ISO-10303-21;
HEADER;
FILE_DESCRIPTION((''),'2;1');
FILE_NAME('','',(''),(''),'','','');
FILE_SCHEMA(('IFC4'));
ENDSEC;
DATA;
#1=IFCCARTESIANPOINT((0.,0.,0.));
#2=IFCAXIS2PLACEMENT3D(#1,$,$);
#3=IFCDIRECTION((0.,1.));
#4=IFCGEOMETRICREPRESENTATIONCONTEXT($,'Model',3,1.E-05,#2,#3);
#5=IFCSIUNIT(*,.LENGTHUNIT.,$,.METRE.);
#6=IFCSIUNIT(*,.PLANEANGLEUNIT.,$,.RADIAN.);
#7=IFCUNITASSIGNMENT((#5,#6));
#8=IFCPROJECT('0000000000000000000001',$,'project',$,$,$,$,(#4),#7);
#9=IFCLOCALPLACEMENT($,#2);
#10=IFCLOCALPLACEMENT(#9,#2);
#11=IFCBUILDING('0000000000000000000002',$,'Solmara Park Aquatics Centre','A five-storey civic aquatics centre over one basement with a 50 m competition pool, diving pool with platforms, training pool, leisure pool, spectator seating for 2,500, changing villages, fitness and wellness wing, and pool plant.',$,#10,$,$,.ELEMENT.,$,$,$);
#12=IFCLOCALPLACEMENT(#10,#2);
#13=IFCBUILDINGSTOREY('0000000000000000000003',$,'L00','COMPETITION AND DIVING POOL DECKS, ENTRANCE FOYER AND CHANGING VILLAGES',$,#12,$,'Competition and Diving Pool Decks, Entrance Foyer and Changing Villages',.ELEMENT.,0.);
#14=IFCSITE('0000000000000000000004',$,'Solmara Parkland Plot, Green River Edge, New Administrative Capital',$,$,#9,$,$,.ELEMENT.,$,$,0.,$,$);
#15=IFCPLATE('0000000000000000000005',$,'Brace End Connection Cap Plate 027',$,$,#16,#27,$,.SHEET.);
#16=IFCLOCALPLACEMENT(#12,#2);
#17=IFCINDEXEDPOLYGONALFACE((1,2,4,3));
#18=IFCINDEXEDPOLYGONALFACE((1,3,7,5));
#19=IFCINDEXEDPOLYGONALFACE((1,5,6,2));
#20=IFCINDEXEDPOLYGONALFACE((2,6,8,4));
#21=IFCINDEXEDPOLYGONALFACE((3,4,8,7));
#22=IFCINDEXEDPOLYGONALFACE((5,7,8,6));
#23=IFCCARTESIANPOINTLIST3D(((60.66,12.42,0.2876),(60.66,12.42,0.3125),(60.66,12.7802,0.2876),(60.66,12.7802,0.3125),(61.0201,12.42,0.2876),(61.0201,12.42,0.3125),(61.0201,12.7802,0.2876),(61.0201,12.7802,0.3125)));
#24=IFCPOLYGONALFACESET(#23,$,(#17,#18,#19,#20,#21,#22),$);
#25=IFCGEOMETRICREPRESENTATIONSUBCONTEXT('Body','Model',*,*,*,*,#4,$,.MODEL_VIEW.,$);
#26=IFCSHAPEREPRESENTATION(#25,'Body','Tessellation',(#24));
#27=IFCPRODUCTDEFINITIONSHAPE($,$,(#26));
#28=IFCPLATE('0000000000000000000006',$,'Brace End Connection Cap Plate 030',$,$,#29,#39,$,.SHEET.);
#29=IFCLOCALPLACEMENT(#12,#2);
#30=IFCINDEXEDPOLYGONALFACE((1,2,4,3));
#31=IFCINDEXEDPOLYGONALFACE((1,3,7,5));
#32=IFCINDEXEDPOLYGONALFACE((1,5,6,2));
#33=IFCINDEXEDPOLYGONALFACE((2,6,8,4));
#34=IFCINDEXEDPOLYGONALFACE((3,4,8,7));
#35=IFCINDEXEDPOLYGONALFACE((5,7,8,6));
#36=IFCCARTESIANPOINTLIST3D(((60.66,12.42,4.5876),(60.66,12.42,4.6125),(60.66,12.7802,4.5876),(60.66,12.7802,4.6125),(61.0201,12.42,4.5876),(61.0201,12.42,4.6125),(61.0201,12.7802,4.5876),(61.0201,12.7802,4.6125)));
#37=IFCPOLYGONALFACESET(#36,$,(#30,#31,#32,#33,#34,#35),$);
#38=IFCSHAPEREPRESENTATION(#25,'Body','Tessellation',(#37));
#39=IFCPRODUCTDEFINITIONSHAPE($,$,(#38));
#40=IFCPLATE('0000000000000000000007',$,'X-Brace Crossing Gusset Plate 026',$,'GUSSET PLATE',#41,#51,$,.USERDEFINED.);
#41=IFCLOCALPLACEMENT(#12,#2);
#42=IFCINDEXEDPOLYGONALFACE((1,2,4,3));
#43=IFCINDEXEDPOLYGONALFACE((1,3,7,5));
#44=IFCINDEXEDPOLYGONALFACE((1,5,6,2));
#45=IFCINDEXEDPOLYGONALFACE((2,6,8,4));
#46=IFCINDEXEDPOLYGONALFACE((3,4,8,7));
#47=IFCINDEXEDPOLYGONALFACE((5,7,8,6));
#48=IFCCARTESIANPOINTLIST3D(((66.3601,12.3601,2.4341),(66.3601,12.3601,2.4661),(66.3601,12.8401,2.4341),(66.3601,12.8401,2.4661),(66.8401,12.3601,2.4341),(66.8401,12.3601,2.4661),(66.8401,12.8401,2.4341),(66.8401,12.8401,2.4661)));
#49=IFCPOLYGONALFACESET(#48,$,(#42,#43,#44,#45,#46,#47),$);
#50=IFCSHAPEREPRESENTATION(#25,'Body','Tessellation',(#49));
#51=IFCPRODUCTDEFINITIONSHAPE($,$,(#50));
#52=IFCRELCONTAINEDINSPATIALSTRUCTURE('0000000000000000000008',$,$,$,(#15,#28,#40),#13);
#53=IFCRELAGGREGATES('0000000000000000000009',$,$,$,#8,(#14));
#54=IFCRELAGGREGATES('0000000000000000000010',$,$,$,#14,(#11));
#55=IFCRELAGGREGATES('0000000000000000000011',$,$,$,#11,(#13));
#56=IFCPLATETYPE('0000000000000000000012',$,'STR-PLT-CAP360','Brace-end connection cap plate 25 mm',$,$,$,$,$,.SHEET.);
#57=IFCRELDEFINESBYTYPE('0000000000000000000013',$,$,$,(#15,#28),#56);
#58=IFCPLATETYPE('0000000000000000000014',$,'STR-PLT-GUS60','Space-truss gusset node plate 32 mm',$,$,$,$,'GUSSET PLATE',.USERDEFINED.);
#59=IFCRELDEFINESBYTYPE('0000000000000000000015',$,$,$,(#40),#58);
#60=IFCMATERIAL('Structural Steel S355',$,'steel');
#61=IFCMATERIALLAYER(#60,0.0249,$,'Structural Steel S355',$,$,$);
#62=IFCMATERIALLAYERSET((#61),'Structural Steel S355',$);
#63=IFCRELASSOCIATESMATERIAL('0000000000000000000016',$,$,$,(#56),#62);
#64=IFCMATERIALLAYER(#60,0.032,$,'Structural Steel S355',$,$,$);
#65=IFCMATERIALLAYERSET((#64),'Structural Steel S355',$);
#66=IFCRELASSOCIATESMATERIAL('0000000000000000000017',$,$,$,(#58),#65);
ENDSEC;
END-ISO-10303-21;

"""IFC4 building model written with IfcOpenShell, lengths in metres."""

from ifc_helpers import new_model, si_unit, direction, frame, origin, origin_2d, place, context, subcontext, project, spatial, rectangle, extrude, material, layer, layer_set, type_object, element, save


model = new_model("IFC4")

# Units and contexts
model_context = context("Model", 3, precision=1e-05, world=origin(), true_north=direction((0.0, 1.0)))
body_context = subcontext(model_context, "Body", "Model", "MODEL_VIEW")
ifc_project = project(units=[si_unit("LENGTHUNIT", "METRE"), si_unit("PLANEANGLEUNIT", "RADIAN")], contexts=[model_context])

# Site, building, storey
site_placement = place(None, origin())
site = spatial("IfcSite", under=ifc_project, at=site_placement, Name="Solmara Parkland Plot, Green River Edge, New Administrative Capital", CompositionType="ELEMENT", RefElevation=0.0)
building_placement = place(site_placement, origin())
building = spatial("IfcBuilding", under=site, at=building_placement, Name="Solmara Park Aquatics Centre", Description="A five-storey civic aquatics centre over one basement with a 50 m competition pool, diving pool with platforms, training pool, leisure pool, spectator seating for 2,500, changing villages, fitness and wellness wing, and pool plant.", CompositionType="ELEMENT")
storey_placement = place(building_placement, origin())
storey = spatial("IfcBuildingStorey", under=building, at=storey_placement, Name="L00", Description="COMPETITION AND DIVING POOL DECKS, ENTRANCE FOYER AND CHANGING VILLAGES", LongName="Competition and Diving Pool Decks, Entrance Foyer and Changing Villages", CompositionType="ELEMENT", Elevation=0.0)

# Shared definitions
ifc_material_1 = material(Name="Structural Steel S355", Category="steel")

# Plates
ifc_layer_1 = layer(ifc_material_1, 0.0249, Name="Structural Steel S355")
ifc_layer_set_1 = layer_set([ifc_layer_1], Name="Structural Steel S355")
plate_type_1 = type_object("IfcPlateType", Name="STR-PLT-CAP360", Description="Brace-end connection cap plate 25 mm", PredefinedType="SHEET", material=ifc_layer_set_1)
for number, where, z_axis, x_axis, name in (
    (1, (60.8401, 12.6001, 0.2876), (0.0, 0.0, 1.0), (1.0, 0.0, 0.0), "Brace End Connection Cap Plate 027"),
    (2, (60.8401, 12.6001, 4.5876), (0.0, 0.0, 1.0), (1.0, 0.0, 0.0), "Brace End Connection Cap Plate 030"),
):
    element("IfcPlate", number, at=place(storey_placement, frame(where, z_axis=z_axis, x_axis=x_axis)), inside=storey, type_object=plate_type_1, Name=name, PredefinedType="SHEET", context=body_context, shape_type="SweptSolid", body=[
        extrude(rectangle(XDim=0.3601, YDim=0.3601, at=origin_2d()), origin(), (0.0, 0.0, 1.0), 0.0249),
    ])
ifc_layer_2 = layer(ifc_material_1, 0.032, Name="Structural Steel S355")
ifc_layer_set_2 = layer_set([ifc_layer_2], Name="Structural Steel S355")
plate_type_2 = type_object("IfcPlateType", Name="STR-PLT-GUS60", Description="Space-truss gusset node plate 32 mm", ElementType="GUSSET PLATE", PredefinedType="USERDEFINED", material=ifc_layer_set_2)
plate_1_placement = place(storey_placement, frame((66.6001, 12.6001, 2.4341), z_axis=(0.0, 0.0, 1.0), x_axis=(1.0, 0.0, 0.0)))
element("IfcPlate", 3, at=plate_1_placement, inside=storey, type_object=plate_type_2, Name="X-Brace Crossing Gusset Plate 026", ObjectType="GUSSET PLATE", PredefinedType="USERDEFINED", context=body_context, shape_type="SweptSolid", body=[
    extrude(rectangle(XDim=0.48, YDim=0.48, at=origin_2d()), origin(), (0.0, 0.0, 1.0), 0.032),
])

save(model, "model.ifc")
